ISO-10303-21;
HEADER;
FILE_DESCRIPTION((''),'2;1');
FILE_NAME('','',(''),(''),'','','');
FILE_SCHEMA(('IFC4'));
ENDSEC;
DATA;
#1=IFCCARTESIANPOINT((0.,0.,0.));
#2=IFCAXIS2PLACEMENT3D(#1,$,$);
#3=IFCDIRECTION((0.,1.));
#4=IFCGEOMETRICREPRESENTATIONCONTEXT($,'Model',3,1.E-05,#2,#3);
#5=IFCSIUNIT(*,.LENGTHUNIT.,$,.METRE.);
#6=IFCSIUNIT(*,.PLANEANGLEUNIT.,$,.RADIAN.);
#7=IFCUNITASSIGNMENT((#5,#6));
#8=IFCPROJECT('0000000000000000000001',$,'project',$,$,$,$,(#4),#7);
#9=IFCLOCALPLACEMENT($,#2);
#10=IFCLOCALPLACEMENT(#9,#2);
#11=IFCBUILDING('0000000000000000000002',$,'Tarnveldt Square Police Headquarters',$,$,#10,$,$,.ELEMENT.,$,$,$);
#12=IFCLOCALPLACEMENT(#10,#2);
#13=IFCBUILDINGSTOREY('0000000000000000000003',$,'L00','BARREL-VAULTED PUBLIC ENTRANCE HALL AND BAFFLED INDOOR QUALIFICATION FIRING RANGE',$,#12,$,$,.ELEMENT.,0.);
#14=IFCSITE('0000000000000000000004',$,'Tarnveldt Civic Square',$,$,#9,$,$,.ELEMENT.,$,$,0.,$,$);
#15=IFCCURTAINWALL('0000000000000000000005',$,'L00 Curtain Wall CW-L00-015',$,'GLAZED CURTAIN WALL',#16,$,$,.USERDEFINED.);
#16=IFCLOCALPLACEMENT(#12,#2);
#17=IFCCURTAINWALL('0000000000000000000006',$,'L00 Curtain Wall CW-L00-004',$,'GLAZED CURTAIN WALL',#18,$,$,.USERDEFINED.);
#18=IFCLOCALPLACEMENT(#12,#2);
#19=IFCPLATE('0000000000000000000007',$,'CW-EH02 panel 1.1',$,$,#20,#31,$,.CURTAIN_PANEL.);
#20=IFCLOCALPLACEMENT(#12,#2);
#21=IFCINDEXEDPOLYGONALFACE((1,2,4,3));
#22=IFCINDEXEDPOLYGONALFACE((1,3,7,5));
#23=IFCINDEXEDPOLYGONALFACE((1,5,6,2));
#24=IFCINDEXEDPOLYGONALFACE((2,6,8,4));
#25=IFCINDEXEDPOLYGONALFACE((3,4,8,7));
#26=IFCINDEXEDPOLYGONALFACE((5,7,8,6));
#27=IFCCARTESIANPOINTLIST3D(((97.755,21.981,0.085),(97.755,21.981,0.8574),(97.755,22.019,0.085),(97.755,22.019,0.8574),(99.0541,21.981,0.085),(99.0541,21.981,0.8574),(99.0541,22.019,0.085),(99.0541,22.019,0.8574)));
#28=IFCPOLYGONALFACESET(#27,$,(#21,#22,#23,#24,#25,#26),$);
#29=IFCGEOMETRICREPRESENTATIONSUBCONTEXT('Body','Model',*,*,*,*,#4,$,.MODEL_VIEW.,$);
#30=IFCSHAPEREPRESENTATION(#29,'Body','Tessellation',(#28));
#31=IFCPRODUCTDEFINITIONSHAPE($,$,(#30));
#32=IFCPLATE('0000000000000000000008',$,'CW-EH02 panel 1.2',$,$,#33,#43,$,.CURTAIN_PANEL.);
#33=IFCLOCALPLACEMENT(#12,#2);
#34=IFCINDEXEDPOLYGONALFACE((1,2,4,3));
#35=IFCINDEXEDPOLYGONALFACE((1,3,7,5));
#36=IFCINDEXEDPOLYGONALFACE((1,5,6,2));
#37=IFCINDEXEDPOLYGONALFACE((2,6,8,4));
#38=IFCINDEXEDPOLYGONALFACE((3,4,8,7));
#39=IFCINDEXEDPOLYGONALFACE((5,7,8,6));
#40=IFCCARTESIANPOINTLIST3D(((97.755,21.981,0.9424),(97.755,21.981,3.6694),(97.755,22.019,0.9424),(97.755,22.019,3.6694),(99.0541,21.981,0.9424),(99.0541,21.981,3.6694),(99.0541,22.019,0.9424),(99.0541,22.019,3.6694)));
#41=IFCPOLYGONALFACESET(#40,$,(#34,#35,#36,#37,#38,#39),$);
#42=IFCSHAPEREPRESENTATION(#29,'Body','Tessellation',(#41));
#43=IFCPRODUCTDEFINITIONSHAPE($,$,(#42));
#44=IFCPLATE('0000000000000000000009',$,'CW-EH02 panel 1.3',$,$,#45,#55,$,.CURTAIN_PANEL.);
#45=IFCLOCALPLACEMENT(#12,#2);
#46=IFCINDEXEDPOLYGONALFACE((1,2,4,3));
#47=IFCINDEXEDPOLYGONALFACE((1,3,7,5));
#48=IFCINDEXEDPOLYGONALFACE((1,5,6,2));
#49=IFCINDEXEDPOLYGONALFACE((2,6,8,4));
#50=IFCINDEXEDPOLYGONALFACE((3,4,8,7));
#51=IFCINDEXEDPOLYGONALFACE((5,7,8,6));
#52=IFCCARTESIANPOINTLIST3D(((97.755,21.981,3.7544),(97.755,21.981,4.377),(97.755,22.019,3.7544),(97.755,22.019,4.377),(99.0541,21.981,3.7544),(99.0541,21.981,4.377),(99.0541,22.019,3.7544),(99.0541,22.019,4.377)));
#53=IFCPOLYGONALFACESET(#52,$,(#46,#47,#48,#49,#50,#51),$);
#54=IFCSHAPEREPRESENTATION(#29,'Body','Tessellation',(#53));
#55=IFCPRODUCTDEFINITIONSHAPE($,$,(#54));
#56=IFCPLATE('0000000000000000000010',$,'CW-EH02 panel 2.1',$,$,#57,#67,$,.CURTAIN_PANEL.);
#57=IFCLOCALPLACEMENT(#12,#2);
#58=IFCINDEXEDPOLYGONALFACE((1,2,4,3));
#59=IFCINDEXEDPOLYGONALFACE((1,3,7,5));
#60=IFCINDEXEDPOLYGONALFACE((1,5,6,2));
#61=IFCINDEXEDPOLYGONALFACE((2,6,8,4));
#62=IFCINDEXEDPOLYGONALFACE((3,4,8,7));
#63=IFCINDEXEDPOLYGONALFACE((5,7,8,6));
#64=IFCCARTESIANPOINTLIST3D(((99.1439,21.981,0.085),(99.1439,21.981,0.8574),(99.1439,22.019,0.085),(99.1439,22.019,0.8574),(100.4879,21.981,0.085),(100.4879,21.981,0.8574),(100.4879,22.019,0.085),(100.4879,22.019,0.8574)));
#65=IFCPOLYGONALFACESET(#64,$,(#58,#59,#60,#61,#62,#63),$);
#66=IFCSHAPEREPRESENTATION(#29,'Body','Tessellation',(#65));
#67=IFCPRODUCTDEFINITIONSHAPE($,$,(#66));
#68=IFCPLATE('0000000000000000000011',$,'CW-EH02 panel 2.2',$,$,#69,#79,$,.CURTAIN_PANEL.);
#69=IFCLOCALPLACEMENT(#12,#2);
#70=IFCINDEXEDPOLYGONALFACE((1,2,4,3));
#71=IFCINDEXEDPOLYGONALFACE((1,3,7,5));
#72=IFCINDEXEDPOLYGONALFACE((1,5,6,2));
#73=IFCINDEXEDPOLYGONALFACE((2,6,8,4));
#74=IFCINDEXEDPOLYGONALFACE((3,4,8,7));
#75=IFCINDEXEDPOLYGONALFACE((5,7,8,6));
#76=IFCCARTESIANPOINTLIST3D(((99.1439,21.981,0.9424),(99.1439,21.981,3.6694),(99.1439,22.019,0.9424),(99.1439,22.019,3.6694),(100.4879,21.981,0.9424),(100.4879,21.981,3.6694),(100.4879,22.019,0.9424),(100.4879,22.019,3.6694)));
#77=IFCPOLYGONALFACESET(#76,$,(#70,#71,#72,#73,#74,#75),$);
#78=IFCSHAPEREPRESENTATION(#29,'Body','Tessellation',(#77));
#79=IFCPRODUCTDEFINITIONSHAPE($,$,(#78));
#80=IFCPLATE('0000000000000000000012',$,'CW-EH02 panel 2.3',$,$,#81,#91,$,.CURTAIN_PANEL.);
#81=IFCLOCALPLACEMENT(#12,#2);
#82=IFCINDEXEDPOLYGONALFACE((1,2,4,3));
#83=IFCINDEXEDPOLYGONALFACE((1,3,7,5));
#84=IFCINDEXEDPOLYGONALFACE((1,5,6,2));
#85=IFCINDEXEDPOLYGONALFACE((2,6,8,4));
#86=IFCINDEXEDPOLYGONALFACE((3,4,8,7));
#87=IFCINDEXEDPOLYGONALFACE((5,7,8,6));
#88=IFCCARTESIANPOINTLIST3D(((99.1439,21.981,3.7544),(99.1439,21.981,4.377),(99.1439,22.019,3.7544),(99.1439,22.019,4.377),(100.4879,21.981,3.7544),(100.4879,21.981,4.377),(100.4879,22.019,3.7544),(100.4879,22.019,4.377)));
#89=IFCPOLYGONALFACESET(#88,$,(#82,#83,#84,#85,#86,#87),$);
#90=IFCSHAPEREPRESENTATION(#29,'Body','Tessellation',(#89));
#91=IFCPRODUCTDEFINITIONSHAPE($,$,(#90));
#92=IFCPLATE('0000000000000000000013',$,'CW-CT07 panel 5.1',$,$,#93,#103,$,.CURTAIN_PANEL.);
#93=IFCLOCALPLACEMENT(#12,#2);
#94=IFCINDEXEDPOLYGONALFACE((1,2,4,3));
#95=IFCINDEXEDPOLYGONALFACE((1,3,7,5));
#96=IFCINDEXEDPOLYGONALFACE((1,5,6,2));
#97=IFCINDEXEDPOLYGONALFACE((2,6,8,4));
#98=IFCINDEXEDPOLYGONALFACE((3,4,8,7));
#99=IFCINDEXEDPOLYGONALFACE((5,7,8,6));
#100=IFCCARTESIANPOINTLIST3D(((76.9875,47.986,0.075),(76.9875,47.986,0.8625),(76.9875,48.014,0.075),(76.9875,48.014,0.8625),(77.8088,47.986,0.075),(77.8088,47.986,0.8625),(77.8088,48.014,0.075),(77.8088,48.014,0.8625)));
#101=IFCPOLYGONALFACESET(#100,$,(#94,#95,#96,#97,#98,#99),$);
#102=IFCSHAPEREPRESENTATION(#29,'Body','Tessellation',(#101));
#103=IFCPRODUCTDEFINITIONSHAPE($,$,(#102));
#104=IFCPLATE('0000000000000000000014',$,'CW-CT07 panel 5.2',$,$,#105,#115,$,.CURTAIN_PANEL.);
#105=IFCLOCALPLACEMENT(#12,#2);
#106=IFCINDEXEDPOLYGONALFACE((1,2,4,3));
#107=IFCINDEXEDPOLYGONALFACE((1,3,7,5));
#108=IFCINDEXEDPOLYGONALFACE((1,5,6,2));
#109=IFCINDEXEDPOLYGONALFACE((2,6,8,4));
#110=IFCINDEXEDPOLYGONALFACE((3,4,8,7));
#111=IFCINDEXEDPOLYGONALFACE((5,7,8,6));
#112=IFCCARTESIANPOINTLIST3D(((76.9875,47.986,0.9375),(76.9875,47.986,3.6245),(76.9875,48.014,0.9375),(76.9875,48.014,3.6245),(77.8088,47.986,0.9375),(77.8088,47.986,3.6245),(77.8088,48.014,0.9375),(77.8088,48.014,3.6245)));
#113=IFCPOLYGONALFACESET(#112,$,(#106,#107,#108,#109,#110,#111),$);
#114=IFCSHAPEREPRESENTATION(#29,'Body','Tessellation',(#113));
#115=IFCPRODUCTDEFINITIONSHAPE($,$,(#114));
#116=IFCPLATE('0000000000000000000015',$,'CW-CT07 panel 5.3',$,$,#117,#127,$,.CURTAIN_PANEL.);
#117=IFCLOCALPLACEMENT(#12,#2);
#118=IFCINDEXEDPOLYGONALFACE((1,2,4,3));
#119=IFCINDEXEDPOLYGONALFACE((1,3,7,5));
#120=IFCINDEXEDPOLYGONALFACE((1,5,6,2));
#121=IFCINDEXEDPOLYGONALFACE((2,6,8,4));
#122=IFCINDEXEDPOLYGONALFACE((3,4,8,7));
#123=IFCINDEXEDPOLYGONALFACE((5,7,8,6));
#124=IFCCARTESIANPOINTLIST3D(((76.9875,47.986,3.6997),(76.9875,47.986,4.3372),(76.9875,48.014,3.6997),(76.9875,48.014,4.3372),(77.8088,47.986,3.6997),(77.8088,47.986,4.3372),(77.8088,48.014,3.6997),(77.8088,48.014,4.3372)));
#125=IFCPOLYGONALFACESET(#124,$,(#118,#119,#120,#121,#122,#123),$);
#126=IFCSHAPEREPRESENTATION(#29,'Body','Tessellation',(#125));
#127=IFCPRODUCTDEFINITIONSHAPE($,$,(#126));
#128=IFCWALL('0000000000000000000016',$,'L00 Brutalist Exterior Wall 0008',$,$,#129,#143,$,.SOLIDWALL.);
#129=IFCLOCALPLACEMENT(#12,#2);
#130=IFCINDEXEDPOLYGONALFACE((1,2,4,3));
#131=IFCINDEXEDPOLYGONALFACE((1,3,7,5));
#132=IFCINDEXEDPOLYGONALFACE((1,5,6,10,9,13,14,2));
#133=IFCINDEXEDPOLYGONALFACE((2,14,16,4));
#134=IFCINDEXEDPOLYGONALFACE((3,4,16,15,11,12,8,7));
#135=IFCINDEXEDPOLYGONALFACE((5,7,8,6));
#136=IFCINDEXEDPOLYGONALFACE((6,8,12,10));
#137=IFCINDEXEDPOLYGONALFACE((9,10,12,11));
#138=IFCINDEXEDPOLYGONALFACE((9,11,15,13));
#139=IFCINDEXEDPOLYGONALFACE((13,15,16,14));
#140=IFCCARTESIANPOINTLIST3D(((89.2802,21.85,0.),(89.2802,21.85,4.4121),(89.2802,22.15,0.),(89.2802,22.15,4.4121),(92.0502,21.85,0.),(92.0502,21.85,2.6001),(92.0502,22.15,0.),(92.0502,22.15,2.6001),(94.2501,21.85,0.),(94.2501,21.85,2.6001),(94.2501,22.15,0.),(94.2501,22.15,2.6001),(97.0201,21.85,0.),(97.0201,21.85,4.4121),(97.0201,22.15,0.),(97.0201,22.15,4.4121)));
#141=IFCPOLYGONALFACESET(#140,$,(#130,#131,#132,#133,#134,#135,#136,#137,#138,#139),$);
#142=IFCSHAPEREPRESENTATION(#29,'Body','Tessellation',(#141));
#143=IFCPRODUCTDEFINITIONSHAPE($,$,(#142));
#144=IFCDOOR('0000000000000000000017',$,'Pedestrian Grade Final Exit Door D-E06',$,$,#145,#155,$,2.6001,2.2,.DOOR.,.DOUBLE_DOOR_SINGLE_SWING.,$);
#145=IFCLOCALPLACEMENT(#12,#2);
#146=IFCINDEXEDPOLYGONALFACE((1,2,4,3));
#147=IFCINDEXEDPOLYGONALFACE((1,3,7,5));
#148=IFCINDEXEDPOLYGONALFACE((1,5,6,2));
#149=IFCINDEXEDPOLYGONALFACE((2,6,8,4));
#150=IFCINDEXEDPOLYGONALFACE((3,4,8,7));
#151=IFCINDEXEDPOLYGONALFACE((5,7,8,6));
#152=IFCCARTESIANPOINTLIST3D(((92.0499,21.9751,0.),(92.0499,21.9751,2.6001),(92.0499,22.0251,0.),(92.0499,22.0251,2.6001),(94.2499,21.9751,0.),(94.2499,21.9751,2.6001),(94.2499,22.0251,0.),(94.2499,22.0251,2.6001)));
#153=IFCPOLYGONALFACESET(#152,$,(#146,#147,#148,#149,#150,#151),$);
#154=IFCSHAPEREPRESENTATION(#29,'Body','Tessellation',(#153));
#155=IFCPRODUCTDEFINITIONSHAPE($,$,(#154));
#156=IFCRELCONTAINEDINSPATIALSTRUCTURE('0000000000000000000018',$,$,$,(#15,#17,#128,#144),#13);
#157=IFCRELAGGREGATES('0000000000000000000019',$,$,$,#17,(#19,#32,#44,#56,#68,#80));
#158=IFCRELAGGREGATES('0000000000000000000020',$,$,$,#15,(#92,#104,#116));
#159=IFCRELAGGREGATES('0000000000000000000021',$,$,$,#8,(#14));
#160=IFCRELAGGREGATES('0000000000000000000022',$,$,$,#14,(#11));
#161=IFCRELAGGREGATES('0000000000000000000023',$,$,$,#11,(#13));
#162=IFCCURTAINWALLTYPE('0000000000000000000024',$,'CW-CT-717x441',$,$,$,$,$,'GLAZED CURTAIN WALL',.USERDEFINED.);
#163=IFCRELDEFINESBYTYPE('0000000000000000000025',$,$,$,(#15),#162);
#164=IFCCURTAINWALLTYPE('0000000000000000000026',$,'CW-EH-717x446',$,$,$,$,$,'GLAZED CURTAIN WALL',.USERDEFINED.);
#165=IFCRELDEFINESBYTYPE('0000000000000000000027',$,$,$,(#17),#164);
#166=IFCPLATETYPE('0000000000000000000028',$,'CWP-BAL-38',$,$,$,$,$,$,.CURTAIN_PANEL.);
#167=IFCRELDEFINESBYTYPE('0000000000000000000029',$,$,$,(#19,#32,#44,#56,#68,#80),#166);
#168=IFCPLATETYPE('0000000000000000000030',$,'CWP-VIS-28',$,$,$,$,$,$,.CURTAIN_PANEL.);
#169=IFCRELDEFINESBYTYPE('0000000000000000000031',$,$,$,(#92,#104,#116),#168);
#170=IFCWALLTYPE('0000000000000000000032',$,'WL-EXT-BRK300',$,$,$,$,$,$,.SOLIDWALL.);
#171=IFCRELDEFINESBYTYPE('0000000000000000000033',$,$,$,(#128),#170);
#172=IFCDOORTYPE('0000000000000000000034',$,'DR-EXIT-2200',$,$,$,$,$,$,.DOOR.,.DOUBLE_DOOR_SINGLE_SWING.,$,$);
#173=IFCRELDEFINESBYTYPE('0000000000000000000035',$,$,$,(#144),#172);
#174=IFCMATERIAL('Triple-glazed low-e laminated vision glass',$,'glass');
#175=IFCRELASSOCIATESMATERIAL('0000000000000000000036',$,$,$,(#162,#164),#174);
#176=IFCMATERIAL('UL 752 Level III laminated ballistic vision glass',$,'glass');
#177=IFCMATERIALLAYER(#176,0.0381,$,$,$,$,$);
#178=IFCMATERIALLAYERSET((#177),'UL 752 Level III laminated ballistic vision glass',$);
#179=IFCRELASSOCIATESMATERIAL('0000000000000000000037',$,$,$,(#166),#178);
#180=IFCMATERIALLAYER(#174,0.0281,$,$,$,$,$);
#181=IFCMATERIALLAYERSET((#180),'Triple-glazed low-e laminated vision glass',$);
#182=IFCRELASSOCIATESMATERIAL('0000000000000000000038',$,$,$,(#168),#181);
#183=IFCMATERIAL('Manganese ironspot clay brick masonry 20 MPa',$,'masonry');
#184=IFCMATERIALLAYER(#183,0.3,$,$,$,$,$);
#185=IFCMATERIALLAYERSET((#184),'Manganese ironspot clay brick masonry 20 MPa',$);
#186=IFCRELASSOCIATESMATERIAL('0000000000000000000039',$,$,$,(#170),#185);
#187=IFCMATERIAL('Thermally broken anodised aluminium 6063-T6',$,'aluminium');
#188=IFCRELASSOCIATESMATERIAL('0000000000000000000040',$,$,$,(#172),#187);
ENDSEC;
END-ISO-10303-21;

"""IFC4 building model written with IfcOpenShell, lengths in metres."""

from ifc_helpers import new_model, si_unit, direction, frame, frame_2d, origin, origin_2d, place, context, subcontext, project, spatial, rectangle, extrude, material, layer, layer_set, type_object, element, fill, aggregate, save


model = new_model("IFC4")

# Units and contexts
model_context = context("Model", 3, precision=1e-05, world=origin(), true_north=direction((0.0, 1.0)))
body_context = subcontext(model_context, "Body", "Model", "MODEL_VIEW")
ifc_project = project(units=[si_unit("LENGTHUNIT", "METRE"), si_unit("PLANEANGLEUNIT", "RADIAN")], contexts=[model_context])

# Site, building, storey
site_placement = place(None, origin())
site = spatial("IfcSite", under=ifc_project, at=site_placement, Name="Tarnveldt Civic Square", CompositionType="ELEMENT", RefElevation=0.0)
building_placement = place(site_placement, origin())
building = spatial("IfcBuilding", under=site, at=building_placement, Name="Tarnveldt Square Police Headquarters", CompositionType="ELEMENT")
storey_placement = place(building_placement, origin())
storey = spatial("IfcBuildingStorey", under=building, at=storey_placement, Name="L00", Description="BARREL-VAULTED PUBLIC ENTRANCE HALL AND BAFFLED INDOOR QUALIFICATION FIRING RANGE", CompositionType="ELEMENT", Elevation=0.0)

# Curtain wall
ifc_material_1 = material(Name="Triple-glazed low-e laminated vision glass", Category="glass")
curtain_wall_type_1 = type_object("IfcCurtainWallType", Name="CW-CT-717x441", ElementType="GLAZED CURTAIN WALL", PredefinedType="USERDEFINED", material=ifc_material_1)
curtain_wall_1_placement = place(storey_placement, origin())
curtain_wall_1 = element("IfcCurtainWall", 1, at=curtain_wall_1_placement, inside=storey, type_object=curtain_wall_type_1, Name="L00 Curtain Wall CW-L00-015", ObjectType="GLAZED CURTAIN WALL", PredefinedType="USERDEFINED")
ifc_material_2 = material(Name="Thermally broken anodised aluminium 6063-T6", Category="aluminium")

# Curtain wall
curtain_wall_type_2 = type_object("IfcCurtainWallType", Name="CW-EH-717x446", ElementType="GLAZED CURTAIN WALL", PredefinedType="USERDEFINED", material=ifc_material_1)
curtain_wall_2_placement = place(storey_placement, origin())
curtain_wall_2 = element("IfcCurtainWall", 2, at=curtain_wall_2_placement, inside=storey, type_object=curtain_wall_type_2, Name="L00 Curtain Wall CW-L00-004", ObjectType="GLAZED CURTAIN WALL", PredefinedType="USERDEFINED")

# Plates
ifc_material_3 = material(Name="UL 752 Level III laminated ballistic vision glass", Category="glass")
ifc_layer_1 = layer(ifc_material_3, 0.0381)
ifc_layer_set_1 = layer_set([ifc_layer_1], Name="UL 752 Level III laminated ballistic vision glass")
plate_type_1 = type_object("IfcPlateType", Name="CWP-BAL-38", PredefinedType="CURTAIN_PANEL", material=ifc_layer_set_1)
plate_1_placement = place(storey_placement, frame((98.4045, 22.0, 0.085), z_axis=(0.0, 0.0, 1.0), x_axis=(1.0, 0.0, 0.0)))
plate_1 = element("IfcPlate", 3, at=plate_1_placement, type_object=plate_type_1, Name="CW-EH02 panel 1.1", PredefinedType="CURTAIN_PANEL", context=body_context, shape_type="SweptSolid", body=[
    extrude(rectangle(XDim=1.2991, YDim=0.0381, at=origin_2d()), origin(), (0.0, 0.0, 1.0), 0.7725),
])
plate_2_placement = place(storey_placement, frame((98.4045, 22.0, 0.9424), z_axis=(0.0, 0.0, 1.0), x_axis=(1.0, 0.0, 0.0)))
plate_2 = element("IfcPlate", 4, at=plate_2_placement, type_object=plate_type_1, Name="CW-EH02 panel 1.2", PredefinedType="CURTAIN_PANEL", context=body_context, shape_type="SweptSolid", body=[
    extrude(rectangle(XDim=1.2991, YDim=0.0381, at=origin_2d()), origin(), (0.0, 0.0, 1.0), 2.7271),
])
plate_3_placement = place(storey_placement, frame((98.4045, 22.0, 3.7544), z_axis=(0.0, 0.0, 1.0), x_axis=(1.0, 0.0, 0.0)))
plate_3 = element("IfcPlate", 5, at=plate_3_placement, type_object=plate_type_1, Name="CW-EH02 panel 1.3", PredefinedType="CURTAIN_PANEL", context=body_context, shape_type="SweptSolid", body=[
    extrude(rectangle(XDim=1.2991, YDim=0.0381, at=origin_2d()), origin(), (0.0, 0.0, 1.0), 0.6226),
])
plate_4_placement = place(storey_placement, frame((99.8159, 22.0, 0.085), z_axis=(0.0, 0.0, 1.0), x_axis=(1.0, 0.0, 0.0)))
plate_4 = element("IfcPlate", 6, at=plate_4_placement, type_object=plate_type_1, Name="CW-EH02 panel 2.1", PredefinedType="CURTAIN_PANEL", context=body_context, shape_type="SweptSolid", body=[
    extrude(rectangle(XDim=1.344, YDim=0.0381, at=origin_2d()), origin(), (0.0, 0.0, 1.0), 0.7725),
])
plate_5_placement = place(storey_placement, frame((99.8159, 22.0, 0.9424), z_axis=(0.0, 0.0, 1.0), x_axis=(1.0, 0.0, 0.0)))
plate_5 = element("IfcPlate", 7, at=plate_5_placement, type_object=plate_type_1, Name="CW-EH02 panel 2.2", PredefinedType="CURTAIN_PANEL", context=body_context, shape_type="SweptSolid", body=[
    extrude(rectangle(XDim=1.344, YDim=0.0381, at=origin_2d()), origin(), (0.0, 0.0, 1.0), 2.7271),
])
plate_6_placement = place(storey_placement, frame((99.8159, 22.0, 3.7544), z_axis=(0.0, 0.0, 1.0), x_axis=(1.0, 0.0, 0.0)))
plate_6 = element("IfcPlate", 8, at=plate_6_placement, type_object=plate_type_1, Name="CW-EH02 panel 2.3", PredefinedType="CURTAIN_PANEL", context=body_context, shape_type="SweptSolid", body=[
    extrude(rectangle(XDim=1.344, YDim=0.0381, at=origin_2d()), origin(), (0.0, 0.0, 1.0), 0.6226),
])
aggregate(curtain_wall_2, [plate_1, plate_2, plate_3, plate_4, plate_5, plate_6])
ifc_layer_2 = layer(ifc_material_1, 0.0281)
ifc_layer_set_2 = layer_set([ifc_layer_2], Name="Triple-glazed low-e laminated vision glass")
plate_type_2 = type_object("IfcPlateType", Name="CWP-VIS-28", PredefinedType="CURTAIN_PANEL", material=ifc_layer_set_2)
plate_7_placement = place(storey_placement, frame((77.3982, 48.0, 0.075), z_axis=(0.0, 0.0, 1.0), x_axis=(1.0, 0.0, 0.0)))
plate_7 = element("IfcPlate", 9, at=plate_7_placement, type_object=plate_type_2, Name="CW-CT07 panel 5.1", PredefinedType="CURTAIN_PANEL", context=body_context, shape_type="SweptSolid", body=[
    extrude(rectangle(XDim=0.8213, YDim=0.0281, at=origin_2d()), origin(), (0.0, 0.0, 1.0), 0.7876),
])
plate_8_placement = place(storey_placement, frame((77.3982, 48.0, 0.9375), z_axis=(0.0, 0.0, 1.0), x_axis=(1.0, 0.0, 0.0)))
plate_8 = element("IfcPlate", 10, at=plate_8_placement, type_object=plate_type_2, Name="CW-CT07 panel 5.2", PredefinedType="CURTAIN_PANEL", context=body_context, shape_type="SweptSolid", body=[
    extrude(rectangle(XDim=0.8213, YDim=0.0281, at=origin_2d()), origin(), (0.0, 0.0, 1.0), 2.687),
])
plate_9_placement = place(storey_placement, frame((77.3982, 48.0, 3.6997), z_axis=(0.0, 0.0, 1.0), x_axis=(1.0, 0.0, 0.0)))
plate_9 = element("IfcPlate", 11, at=plate_9_placement, type_object=plate_type_2, Name="CW-CT07 panel 5.3", PredefinedType="CURTAIN_PANEL", context=body_context, shape_type="SweptSolid", body=[
    extrude(rectangle(XDim=0.8213, YDim=0.0281, at=origin_2d()), origin(), (0.0, 0.0, 1.0), 0.6375),
])
aggregate(curtain_wall_1, [plate_7, plate_8, plate_9])

# Wall, opening, door
ifc_material_4 = material(Name="Manganese ironspot clay brick masonry 20 MPa", Category="masonry")
ifc_layer_3 = layer(ifc_material_4, 0.3)
ifc_layer_set_3 = layer_set([ifc_layer_3], Name="Manganese ironspot clay brick masonry 20 MPa")
wall_type = type_object("IfcWallType", Name="WL-EXT-BRK300", PredefinedType="SOLIDWALL", material=ifc_layer_set_3)
wall_placement = place(storey_placement, frame((89.28, 22.0, 0.0), z_axis=(0.0, 0.0, 1.0), x_axis=(1.0, 0.0, 0.0)))
wall = element("IfcWall", 12, at=wall_placement, inside=storey, type_object=wall_type, Name="L00 Brutalist Exterior Wall 0008", PredefinedType="SOLIDWALL", context=body_context, shape_type="SweptSolid", body=[
    extrude(rectangle(XDim=7.74, YDim=0.3, at=frame_2d((3.8701, 0.0))), origin(), (0.0, 0.0, 1.0), 4.4121),
])
opening_placement = place(wall_placement, frame((2.77, 0.0, 0.0)))
opening = element("IfcOpeningElement", 13, at=opening_placement, cuts=wall, PredefinedType="OPENING", context=body_context, shape_type="SweptSolid", body=[
    extrude(rectangle(XDim=2.2, YDim=2.6001, at=frame_2d((1.1001, 1.3))), frame((0.0, 0.1599, 0.0), z_axis=(0.0, -1.0, 0.0), x_axis=(1.0, 0.0, 0.0)), (0.0, 0.0, 1.0), 0.3201),
])
door_type = type_object("IfcDoorType", Name="DR-EXIT-2200", OperationType="DOUBLE_DOOR_SINGLE_SWING", PredefinedType="DOOR", material=ifc_material_2)
door_placement = place(opening_placement, frame((2.2, 0.0, 0.0), z_axis=(0.0, 0.0, 1.0), x_axis=(-1.0, 0.0, 0.0)))
door = element("IfcDoor", 14, at=door_placement, inside=storey, type_object=door_type, Name="Pedestrian Grade Final Exit Door D-E06", OperationType="DOUBLE_DOOR_SINGLE_SWING", OverallHeight=2.6001, OverallWidth=2.2, PredefinedType="DOOR", context=body_context, shape_type="SweptSolid", body=[
    extrude(rectangle(XDim=2.2, YDim=2.6001, at=frame_2d((1.1001, 1.3))), frame((0.0, 0.0249, 0.0), z_axis=(0.0, -1.0, 0.0), x_axis=(1.0, 0.0, 0.0)), (0.0, 0.0, 1.0), 0.05),
])
fill(opening, door)

save(model, "model.ifc")
